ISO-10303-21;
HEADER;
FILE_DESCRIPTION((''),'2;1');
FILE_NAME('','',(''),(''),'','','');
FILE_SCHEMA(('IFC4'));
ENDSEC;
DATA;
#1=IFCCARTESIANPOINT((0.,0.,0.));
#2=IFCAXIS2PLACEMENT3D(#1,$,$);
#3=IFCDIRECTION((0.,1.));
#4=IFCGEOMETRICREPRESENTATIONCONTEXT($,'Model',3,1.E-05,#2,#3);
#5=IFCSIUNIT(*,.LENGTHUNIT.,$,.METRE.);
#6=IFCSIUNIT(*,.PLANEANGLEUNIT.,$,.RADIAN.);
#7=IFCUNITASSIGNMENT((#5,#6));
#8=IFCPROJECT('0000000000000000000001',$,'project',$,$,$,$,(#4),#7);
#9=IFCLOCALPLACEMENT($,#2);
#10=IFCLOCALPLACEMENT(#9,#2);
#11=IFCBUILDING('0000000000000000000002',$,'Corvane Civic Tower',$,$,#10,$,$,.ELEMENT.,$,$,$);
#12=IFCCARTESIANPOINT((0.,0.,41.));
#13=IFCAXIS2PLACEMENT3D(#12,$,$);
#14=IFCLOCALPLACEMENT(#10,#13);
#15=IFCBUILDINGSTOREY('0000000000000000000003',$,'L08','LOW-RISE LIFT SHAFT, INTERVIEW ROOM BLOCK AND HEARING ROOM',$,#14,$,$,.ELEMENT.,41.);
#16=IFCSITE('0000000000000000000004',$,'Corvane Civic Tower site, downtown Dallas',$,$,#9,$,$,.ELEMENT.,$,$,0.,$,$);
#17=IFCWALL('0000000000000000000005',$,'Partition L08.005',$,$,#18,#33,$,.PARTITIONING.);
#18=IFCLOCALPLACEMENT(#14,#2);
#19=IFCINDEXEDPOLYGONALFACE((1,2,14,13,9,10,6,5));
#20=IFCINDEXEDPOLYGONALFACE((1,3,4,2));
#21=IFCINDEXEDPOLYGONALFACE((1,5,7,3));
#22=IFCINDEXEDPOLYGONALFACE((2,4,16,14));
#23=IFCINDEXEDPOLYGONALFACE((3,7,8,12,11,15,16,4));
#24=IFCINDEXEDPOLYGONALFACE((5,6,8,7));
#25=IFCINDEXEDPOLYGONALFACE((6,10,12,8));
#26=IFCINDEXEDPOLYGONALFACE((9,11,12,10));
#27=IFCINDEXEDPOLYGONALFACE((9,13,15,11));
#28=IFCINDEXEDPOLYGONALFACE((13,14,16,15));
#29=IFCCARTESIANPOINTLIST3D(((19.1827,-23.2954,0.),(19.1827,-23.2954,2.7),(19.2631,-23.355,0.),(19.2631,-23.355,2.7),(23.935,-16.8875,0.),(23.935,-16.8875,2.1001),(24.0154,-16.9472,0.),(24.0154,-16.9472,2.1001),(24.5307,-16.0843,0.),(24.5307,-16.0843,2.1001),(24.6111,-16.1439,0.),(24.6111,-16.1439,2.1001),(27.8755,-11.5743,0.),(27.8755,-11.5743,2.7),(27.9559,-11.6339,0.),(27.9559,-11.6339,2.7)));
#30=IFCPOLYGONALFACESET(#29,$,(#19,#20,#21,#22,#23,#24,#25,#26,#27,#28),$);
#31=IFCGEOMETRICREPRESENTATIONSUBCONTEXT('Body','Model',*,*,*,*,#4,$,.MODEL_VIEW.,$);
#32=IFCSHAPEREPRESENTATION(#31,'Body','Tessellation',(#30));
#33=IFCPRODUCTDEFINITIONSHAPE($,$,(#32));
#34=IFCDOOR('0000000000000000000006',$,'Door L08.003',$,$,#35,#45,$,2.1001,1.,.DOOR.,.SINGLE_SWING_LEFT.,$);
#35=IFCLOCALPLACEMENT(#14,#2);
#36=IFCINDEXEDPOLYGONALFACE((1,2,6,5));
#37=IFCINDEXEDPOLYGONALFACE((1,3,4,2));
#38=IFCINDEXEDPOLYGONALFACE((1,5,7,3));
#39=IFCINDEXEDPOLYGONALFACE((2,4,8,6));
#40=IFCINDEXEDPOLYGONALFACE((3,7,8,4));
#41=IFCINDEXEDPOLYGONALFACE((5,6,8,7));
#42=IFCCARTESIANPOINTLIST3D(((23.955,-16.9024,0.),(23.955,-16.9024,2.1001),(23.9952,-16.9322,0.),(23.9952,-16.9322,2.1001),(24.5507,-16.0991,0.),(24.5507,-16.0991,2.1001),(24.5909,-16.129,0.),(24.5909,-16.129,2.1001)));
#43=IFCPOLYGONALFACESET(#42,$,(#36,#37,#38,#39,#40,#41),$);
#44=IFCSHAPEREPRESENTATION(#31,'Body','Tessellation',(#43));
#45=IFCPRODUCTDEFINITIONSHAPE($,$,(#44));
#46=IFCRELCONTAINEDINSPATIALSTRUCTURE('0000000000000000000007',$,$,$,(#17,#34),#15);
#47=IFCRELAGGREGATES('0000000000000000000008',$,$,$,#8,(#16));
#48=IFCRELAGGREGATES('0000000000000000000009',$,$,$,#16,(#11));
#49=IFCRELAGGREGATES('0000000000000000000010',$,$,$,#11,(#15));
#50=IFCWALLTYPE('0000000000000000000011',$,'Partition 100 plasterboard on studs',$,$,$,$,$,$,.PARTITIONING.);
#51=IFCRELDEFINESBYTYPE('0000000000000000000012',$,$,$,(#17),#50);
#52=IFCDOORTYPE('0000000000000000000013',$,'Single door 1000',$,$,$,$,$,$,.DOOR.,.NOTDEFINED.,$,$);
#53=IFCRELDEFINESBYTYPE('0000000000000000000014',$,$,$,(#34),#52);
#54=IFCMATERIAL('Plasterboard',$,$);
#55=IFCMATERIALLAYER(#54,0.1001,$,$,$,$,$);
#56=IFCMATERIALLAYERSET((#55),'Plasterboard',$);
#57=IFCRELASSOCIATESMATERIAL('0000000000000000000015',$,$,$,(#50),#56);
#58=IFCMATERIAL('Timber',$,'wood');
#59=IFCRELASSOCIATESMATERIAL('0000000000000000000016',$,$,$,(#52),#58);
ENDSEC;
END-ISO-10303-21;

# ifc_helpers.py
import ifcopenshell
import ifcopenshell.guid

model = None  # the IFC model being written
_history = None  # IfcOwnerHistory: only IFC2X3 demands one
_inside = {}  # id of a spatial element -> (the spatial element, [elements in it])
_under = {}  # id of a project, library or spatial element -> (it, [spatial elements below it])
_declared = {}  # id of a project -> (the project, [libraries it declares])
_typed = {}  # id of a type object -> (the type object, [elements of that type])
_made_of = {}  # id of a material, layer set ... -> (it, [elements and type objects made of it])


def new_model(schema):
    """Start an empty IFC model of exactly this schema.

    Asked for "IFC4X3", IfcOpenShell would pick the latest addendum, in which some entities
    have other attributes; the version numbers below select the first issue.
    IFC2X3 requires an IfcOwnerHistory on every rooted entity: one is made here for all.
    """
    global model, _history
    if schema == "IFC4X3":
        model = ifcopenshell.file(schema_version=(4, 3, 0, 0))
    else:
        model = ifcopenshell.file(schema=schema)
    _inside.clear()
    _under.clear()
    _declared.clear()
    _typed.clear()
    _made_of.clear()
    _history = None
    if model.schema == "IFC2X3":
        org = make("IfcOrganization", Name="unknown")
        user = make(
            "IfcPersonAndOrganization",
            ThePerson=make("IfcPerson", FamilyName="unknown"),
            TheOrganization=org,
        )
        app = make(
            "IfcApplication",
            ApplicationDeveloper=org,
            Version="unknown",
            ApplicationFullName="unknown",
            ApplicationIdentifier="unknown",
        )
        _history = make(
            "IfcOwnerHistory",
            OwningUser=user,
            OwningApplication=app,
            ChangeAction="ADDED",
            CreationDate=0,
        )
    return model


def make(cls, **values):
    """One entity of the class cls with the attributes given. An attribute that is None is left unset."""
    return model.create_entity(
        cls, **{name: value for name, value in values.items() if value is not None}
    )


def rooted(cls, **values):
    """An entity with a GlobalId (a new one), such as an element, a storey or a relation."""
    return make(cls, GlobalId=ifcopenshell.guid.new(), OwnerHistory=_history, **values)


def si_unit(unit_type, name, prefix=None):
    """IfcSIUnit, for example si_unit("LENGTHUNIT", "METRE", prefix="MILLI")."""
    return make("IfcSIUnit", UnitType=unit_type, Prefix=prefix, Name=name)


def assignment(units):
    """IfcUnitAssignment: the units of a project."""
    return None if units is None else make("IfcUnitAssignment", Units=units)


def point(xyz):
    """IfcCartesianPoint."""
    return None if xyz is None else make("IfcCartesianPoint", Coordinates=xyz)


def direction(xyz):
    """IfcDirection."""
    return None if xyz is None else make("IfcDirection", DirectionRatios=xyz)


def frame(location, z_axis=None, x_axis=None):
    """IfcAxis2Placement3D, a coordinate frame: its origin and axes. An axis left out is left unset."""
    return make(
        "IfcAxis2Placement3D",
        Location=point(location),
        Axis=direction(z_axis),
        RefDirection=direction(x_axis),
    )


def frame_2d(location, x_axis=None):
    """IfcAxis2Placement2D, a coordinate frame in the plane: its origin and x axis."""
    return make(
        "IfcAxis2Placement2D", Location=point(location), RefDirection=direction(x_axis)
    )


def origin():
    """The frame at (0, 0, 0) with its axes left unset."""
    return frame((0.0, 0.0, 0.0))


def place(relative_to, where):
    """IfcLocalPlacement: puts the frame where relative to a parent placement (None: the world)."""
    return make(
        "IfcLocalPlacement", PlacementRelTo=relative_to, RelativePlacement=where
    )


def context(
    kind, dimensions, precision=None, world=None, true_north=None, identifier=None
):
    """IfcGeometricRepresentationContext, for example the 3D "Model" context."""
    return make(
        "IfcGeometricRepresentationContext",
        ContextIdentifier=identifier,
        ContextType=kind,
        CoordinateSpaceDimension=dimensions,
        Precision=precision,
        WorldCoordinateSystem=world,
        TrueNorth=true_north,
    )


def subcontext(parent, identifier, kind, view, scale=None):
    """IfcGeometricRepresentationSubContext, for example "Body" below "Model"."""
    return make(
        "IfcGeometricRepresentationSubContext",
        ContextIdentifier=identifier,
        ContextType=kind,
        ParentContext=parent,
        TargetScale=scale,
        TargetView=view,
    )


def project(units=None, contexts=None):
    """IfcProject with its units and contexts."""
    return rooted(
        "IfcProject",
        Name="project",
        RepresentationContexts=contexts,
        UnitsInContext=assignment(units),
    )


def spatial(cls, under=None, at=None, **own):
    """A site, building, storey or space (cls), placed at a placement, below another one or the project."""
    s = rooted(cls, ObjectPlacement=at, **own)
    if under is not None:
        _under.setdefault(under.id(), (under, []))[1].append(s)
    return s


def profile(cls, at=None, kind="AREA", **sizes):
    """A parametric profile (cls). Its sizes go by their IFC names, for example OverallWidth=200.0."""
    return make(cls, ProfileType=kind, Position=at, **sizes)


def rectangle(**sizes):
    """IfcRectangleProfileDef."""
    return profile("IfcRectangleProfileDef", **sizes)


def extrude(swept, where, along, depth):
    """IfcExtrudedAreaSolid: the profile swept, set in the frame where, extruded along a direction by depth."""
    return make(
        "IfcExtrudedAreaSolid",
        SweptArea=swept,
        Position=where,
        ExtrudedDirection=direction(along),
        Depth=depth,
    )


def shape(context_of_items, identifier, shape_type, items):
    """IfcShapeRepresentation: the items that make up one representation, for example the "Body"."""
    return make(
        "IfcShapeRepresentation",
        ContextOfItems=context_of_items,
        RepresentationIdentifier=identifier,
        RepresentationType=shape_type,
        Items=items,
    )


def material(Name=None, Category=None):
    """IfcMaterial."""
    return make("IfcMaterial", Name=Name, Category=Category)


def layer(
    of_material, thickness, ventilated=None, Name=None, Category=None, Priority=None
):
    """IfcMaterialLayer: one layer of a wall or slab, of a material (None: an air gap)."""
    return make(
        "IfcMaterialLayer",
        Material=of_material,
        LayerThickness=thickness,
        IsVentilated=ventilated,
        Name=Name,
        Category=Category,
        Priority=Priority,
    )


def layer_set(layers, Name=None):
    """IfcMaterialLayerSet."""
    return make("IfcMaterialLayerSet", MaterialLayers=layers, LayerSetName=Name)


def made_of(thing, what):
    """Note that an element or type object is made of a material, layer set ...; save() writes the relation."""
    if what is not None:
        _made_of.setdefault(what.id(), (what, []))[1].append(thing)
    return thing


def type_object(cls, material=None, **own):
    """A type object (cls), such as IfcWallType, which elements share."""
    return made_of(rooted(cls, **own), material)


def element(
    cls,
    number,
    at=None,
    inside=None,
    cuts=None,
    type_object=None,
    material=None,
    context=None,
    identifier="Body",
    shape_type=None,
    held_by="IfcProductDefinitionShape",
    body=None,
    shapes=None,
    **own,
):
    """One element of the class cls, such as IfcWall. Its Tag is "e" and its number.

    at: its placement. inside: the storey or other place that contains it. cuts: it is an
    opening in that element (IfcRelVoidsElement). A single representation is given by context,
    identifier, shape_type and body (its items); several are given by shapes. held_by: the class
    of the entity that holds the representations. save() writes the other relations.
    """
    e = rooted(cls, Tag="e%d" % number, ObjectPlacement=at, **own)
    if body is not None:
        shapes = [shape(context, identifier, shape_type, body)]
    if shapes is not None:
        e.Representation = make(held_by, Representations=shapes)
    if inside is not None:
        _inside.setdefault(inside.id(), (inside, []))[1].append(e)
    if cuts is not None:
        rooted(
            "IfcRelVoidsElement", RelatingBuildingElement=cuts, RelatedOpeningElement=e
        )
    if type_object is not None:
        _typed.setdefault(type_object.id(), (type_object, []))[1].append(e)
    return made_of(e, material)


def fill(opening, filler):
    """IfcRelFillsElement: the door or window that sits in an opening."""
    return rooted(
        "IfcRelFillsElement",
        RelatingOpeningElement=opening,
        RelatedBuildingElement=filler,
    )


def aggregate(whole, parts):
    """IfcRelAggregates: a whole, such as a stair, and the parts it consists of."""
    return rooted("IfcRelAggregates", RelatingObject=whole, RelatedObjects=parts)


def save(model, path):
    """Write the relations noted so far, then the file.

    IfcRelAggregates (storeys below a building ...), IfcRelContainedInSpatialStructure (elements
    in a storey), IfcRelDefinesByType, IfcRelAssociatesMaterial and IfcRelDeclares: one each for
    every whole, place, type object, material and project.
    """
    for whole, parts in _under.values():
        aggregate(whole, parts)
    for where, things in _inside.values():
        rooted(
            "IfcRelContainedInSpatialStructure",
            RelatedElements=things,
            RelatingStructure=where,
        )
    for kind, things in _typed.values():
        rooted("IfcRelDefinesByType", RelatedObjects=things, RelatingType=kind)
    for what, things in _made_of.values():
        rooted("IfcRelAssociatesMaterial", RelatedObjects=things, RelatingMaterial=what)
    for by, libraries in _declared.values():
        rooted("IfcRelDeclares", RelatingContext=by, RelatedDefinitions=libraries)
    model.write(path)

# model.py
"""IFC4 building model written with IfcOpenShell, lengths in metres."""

from ifc_helpers import new_model, si_unit, direction, frame, frame_2d, origin, place, context, subcontext, project, spatial, rectangle, extrude, material, layer, layer_set, type_object, element, fill, save


model = new_model("IFC4")

# Units and contexts
model_context = context("Model", 3, precision=1e-05, world=origin(), true_north=direction((0.0, 1.0)))
body_context = subcontext(model_context, "Body", "Model", "MODEL_VIEW")
ifc_project = project(units=[si_unit("LENGTHUNIT", "METRE"), si_unit("PLANEANGLEUNIT", "RADIAN")], contexts=[model_context])

# Site, building, storey
site_placement = place(None, origin())
site = spatial("IfcSite", under=ifc_project, at=site_placement, Name="Corvane Civic Tower site, downtown Dallas", CompositionType="ELEMENT", RefElevation=0.0)
building_placement = place(site_placement, origin())
building = spatial("IfcBuilding", under=site, at=building_placement, Name="Corvane Civic Tower", CompositionType="ELEMENT")
storey_placement = place(building_placement, frame((0.0, 0.0, 41.0)))
storey = spatial("IfcBuildingStorey", under=building, at=storey_placement, Name="L08", Description="LOW-RISE LIFT SHAFT, INTERVIEW ROOM BLOCK AND HEARING ROOM", CompositionType="ELEMENT", Elevation=41.0)

# Wall, opening, door
ifc_material_1 = material(Name="Plasterboard")
ifc_layer_1 = layer(ifc_material_1, 0.1001)
ifc_layer_set_1 = layer_set([ifc_layer_1], Name="Plasterboard")
wall_type = type_object("IfcWallType", Name="Partition 100 plasterboard on studs", PredefinedType="PARTITIONING", material=ifc_layer_set_1)
wall_placement = place(storey_placement, frame((19.2229, -23.3252, 0.0), z_axis=(0.0, 0.0, 1.0), x_axis=(0.595692, 0.803213, 0.0)))
wall = element("IfcWall", 1, at=wall_placement, inside=storey, type_object=wall_type, Name="Partition L08.005", PredefinedType="PARTITIONING", context=body_context, shape_type="SweptSolid", body=[
    extrude(rectangle(XDim=14.5928, YDim=0.1001, at=frame_2d((7.2964, 0.0))), origin(), (0.0, 0.0, 1.0), 2.7),
])
opening_placement = place(wall_placement, frame((7.9778, 0.0, 0.0)))
opening = element("IfcOpeningElement", 2, at=opening_placement, cuts=wall, PredefinedType="OPENING", context=body_context, shape_type="SweptSolid", body=[
    extrude(rectangle(XDim=1.0, YDim=2.1001, at=frame_2d((0.5, 1.05))), frame((0.0, 0.0601, 0.0), z_axis=(0.0, -1.0, 0.0), x_axis=(1.0, 0.0, 0.0)), (0.0, 0.0, 1.0), 0.1201),
])
ifc_material_2 = material(Name="Timber", Category="wood")
door_type = type_object("IfcDoorType", Name="Single door 1000", OperationType="NOTDEFINED", PredefinedType="DOOR", material=ifc_material_2)
door_placement = place(opening_placement, frame((1.0, 0.0, 0.0), z_axis=(0.0, 0.0, 1.0), x_axis=(-1.0, 0.0, 0.0)))
door = element("IfcDoor", 3, at=door_placement, inside=storey, type_object=door_type, Name="Door L08.003", OperationType="SINGLE_SWING_LEFT", OverallHeight=2.1001, OverallWidth=1.0, PredefinedType="DOOR", context=body_context, shape_type="SweptSolid", body=[
    extrude(rectangle(XDim=1.0, YDim=2.1001, at=frame_2d((0.5, 1.05))), frame((0.0, 0.0249, 0.0), z_axis=(0.0, -1.0, 0.0), x_axis=(1.0, 0.0, 0.0)), (0.0, 0.0, 1.0), 0.05),
])
fill(opening, door)

save(model, "model.ifc")
